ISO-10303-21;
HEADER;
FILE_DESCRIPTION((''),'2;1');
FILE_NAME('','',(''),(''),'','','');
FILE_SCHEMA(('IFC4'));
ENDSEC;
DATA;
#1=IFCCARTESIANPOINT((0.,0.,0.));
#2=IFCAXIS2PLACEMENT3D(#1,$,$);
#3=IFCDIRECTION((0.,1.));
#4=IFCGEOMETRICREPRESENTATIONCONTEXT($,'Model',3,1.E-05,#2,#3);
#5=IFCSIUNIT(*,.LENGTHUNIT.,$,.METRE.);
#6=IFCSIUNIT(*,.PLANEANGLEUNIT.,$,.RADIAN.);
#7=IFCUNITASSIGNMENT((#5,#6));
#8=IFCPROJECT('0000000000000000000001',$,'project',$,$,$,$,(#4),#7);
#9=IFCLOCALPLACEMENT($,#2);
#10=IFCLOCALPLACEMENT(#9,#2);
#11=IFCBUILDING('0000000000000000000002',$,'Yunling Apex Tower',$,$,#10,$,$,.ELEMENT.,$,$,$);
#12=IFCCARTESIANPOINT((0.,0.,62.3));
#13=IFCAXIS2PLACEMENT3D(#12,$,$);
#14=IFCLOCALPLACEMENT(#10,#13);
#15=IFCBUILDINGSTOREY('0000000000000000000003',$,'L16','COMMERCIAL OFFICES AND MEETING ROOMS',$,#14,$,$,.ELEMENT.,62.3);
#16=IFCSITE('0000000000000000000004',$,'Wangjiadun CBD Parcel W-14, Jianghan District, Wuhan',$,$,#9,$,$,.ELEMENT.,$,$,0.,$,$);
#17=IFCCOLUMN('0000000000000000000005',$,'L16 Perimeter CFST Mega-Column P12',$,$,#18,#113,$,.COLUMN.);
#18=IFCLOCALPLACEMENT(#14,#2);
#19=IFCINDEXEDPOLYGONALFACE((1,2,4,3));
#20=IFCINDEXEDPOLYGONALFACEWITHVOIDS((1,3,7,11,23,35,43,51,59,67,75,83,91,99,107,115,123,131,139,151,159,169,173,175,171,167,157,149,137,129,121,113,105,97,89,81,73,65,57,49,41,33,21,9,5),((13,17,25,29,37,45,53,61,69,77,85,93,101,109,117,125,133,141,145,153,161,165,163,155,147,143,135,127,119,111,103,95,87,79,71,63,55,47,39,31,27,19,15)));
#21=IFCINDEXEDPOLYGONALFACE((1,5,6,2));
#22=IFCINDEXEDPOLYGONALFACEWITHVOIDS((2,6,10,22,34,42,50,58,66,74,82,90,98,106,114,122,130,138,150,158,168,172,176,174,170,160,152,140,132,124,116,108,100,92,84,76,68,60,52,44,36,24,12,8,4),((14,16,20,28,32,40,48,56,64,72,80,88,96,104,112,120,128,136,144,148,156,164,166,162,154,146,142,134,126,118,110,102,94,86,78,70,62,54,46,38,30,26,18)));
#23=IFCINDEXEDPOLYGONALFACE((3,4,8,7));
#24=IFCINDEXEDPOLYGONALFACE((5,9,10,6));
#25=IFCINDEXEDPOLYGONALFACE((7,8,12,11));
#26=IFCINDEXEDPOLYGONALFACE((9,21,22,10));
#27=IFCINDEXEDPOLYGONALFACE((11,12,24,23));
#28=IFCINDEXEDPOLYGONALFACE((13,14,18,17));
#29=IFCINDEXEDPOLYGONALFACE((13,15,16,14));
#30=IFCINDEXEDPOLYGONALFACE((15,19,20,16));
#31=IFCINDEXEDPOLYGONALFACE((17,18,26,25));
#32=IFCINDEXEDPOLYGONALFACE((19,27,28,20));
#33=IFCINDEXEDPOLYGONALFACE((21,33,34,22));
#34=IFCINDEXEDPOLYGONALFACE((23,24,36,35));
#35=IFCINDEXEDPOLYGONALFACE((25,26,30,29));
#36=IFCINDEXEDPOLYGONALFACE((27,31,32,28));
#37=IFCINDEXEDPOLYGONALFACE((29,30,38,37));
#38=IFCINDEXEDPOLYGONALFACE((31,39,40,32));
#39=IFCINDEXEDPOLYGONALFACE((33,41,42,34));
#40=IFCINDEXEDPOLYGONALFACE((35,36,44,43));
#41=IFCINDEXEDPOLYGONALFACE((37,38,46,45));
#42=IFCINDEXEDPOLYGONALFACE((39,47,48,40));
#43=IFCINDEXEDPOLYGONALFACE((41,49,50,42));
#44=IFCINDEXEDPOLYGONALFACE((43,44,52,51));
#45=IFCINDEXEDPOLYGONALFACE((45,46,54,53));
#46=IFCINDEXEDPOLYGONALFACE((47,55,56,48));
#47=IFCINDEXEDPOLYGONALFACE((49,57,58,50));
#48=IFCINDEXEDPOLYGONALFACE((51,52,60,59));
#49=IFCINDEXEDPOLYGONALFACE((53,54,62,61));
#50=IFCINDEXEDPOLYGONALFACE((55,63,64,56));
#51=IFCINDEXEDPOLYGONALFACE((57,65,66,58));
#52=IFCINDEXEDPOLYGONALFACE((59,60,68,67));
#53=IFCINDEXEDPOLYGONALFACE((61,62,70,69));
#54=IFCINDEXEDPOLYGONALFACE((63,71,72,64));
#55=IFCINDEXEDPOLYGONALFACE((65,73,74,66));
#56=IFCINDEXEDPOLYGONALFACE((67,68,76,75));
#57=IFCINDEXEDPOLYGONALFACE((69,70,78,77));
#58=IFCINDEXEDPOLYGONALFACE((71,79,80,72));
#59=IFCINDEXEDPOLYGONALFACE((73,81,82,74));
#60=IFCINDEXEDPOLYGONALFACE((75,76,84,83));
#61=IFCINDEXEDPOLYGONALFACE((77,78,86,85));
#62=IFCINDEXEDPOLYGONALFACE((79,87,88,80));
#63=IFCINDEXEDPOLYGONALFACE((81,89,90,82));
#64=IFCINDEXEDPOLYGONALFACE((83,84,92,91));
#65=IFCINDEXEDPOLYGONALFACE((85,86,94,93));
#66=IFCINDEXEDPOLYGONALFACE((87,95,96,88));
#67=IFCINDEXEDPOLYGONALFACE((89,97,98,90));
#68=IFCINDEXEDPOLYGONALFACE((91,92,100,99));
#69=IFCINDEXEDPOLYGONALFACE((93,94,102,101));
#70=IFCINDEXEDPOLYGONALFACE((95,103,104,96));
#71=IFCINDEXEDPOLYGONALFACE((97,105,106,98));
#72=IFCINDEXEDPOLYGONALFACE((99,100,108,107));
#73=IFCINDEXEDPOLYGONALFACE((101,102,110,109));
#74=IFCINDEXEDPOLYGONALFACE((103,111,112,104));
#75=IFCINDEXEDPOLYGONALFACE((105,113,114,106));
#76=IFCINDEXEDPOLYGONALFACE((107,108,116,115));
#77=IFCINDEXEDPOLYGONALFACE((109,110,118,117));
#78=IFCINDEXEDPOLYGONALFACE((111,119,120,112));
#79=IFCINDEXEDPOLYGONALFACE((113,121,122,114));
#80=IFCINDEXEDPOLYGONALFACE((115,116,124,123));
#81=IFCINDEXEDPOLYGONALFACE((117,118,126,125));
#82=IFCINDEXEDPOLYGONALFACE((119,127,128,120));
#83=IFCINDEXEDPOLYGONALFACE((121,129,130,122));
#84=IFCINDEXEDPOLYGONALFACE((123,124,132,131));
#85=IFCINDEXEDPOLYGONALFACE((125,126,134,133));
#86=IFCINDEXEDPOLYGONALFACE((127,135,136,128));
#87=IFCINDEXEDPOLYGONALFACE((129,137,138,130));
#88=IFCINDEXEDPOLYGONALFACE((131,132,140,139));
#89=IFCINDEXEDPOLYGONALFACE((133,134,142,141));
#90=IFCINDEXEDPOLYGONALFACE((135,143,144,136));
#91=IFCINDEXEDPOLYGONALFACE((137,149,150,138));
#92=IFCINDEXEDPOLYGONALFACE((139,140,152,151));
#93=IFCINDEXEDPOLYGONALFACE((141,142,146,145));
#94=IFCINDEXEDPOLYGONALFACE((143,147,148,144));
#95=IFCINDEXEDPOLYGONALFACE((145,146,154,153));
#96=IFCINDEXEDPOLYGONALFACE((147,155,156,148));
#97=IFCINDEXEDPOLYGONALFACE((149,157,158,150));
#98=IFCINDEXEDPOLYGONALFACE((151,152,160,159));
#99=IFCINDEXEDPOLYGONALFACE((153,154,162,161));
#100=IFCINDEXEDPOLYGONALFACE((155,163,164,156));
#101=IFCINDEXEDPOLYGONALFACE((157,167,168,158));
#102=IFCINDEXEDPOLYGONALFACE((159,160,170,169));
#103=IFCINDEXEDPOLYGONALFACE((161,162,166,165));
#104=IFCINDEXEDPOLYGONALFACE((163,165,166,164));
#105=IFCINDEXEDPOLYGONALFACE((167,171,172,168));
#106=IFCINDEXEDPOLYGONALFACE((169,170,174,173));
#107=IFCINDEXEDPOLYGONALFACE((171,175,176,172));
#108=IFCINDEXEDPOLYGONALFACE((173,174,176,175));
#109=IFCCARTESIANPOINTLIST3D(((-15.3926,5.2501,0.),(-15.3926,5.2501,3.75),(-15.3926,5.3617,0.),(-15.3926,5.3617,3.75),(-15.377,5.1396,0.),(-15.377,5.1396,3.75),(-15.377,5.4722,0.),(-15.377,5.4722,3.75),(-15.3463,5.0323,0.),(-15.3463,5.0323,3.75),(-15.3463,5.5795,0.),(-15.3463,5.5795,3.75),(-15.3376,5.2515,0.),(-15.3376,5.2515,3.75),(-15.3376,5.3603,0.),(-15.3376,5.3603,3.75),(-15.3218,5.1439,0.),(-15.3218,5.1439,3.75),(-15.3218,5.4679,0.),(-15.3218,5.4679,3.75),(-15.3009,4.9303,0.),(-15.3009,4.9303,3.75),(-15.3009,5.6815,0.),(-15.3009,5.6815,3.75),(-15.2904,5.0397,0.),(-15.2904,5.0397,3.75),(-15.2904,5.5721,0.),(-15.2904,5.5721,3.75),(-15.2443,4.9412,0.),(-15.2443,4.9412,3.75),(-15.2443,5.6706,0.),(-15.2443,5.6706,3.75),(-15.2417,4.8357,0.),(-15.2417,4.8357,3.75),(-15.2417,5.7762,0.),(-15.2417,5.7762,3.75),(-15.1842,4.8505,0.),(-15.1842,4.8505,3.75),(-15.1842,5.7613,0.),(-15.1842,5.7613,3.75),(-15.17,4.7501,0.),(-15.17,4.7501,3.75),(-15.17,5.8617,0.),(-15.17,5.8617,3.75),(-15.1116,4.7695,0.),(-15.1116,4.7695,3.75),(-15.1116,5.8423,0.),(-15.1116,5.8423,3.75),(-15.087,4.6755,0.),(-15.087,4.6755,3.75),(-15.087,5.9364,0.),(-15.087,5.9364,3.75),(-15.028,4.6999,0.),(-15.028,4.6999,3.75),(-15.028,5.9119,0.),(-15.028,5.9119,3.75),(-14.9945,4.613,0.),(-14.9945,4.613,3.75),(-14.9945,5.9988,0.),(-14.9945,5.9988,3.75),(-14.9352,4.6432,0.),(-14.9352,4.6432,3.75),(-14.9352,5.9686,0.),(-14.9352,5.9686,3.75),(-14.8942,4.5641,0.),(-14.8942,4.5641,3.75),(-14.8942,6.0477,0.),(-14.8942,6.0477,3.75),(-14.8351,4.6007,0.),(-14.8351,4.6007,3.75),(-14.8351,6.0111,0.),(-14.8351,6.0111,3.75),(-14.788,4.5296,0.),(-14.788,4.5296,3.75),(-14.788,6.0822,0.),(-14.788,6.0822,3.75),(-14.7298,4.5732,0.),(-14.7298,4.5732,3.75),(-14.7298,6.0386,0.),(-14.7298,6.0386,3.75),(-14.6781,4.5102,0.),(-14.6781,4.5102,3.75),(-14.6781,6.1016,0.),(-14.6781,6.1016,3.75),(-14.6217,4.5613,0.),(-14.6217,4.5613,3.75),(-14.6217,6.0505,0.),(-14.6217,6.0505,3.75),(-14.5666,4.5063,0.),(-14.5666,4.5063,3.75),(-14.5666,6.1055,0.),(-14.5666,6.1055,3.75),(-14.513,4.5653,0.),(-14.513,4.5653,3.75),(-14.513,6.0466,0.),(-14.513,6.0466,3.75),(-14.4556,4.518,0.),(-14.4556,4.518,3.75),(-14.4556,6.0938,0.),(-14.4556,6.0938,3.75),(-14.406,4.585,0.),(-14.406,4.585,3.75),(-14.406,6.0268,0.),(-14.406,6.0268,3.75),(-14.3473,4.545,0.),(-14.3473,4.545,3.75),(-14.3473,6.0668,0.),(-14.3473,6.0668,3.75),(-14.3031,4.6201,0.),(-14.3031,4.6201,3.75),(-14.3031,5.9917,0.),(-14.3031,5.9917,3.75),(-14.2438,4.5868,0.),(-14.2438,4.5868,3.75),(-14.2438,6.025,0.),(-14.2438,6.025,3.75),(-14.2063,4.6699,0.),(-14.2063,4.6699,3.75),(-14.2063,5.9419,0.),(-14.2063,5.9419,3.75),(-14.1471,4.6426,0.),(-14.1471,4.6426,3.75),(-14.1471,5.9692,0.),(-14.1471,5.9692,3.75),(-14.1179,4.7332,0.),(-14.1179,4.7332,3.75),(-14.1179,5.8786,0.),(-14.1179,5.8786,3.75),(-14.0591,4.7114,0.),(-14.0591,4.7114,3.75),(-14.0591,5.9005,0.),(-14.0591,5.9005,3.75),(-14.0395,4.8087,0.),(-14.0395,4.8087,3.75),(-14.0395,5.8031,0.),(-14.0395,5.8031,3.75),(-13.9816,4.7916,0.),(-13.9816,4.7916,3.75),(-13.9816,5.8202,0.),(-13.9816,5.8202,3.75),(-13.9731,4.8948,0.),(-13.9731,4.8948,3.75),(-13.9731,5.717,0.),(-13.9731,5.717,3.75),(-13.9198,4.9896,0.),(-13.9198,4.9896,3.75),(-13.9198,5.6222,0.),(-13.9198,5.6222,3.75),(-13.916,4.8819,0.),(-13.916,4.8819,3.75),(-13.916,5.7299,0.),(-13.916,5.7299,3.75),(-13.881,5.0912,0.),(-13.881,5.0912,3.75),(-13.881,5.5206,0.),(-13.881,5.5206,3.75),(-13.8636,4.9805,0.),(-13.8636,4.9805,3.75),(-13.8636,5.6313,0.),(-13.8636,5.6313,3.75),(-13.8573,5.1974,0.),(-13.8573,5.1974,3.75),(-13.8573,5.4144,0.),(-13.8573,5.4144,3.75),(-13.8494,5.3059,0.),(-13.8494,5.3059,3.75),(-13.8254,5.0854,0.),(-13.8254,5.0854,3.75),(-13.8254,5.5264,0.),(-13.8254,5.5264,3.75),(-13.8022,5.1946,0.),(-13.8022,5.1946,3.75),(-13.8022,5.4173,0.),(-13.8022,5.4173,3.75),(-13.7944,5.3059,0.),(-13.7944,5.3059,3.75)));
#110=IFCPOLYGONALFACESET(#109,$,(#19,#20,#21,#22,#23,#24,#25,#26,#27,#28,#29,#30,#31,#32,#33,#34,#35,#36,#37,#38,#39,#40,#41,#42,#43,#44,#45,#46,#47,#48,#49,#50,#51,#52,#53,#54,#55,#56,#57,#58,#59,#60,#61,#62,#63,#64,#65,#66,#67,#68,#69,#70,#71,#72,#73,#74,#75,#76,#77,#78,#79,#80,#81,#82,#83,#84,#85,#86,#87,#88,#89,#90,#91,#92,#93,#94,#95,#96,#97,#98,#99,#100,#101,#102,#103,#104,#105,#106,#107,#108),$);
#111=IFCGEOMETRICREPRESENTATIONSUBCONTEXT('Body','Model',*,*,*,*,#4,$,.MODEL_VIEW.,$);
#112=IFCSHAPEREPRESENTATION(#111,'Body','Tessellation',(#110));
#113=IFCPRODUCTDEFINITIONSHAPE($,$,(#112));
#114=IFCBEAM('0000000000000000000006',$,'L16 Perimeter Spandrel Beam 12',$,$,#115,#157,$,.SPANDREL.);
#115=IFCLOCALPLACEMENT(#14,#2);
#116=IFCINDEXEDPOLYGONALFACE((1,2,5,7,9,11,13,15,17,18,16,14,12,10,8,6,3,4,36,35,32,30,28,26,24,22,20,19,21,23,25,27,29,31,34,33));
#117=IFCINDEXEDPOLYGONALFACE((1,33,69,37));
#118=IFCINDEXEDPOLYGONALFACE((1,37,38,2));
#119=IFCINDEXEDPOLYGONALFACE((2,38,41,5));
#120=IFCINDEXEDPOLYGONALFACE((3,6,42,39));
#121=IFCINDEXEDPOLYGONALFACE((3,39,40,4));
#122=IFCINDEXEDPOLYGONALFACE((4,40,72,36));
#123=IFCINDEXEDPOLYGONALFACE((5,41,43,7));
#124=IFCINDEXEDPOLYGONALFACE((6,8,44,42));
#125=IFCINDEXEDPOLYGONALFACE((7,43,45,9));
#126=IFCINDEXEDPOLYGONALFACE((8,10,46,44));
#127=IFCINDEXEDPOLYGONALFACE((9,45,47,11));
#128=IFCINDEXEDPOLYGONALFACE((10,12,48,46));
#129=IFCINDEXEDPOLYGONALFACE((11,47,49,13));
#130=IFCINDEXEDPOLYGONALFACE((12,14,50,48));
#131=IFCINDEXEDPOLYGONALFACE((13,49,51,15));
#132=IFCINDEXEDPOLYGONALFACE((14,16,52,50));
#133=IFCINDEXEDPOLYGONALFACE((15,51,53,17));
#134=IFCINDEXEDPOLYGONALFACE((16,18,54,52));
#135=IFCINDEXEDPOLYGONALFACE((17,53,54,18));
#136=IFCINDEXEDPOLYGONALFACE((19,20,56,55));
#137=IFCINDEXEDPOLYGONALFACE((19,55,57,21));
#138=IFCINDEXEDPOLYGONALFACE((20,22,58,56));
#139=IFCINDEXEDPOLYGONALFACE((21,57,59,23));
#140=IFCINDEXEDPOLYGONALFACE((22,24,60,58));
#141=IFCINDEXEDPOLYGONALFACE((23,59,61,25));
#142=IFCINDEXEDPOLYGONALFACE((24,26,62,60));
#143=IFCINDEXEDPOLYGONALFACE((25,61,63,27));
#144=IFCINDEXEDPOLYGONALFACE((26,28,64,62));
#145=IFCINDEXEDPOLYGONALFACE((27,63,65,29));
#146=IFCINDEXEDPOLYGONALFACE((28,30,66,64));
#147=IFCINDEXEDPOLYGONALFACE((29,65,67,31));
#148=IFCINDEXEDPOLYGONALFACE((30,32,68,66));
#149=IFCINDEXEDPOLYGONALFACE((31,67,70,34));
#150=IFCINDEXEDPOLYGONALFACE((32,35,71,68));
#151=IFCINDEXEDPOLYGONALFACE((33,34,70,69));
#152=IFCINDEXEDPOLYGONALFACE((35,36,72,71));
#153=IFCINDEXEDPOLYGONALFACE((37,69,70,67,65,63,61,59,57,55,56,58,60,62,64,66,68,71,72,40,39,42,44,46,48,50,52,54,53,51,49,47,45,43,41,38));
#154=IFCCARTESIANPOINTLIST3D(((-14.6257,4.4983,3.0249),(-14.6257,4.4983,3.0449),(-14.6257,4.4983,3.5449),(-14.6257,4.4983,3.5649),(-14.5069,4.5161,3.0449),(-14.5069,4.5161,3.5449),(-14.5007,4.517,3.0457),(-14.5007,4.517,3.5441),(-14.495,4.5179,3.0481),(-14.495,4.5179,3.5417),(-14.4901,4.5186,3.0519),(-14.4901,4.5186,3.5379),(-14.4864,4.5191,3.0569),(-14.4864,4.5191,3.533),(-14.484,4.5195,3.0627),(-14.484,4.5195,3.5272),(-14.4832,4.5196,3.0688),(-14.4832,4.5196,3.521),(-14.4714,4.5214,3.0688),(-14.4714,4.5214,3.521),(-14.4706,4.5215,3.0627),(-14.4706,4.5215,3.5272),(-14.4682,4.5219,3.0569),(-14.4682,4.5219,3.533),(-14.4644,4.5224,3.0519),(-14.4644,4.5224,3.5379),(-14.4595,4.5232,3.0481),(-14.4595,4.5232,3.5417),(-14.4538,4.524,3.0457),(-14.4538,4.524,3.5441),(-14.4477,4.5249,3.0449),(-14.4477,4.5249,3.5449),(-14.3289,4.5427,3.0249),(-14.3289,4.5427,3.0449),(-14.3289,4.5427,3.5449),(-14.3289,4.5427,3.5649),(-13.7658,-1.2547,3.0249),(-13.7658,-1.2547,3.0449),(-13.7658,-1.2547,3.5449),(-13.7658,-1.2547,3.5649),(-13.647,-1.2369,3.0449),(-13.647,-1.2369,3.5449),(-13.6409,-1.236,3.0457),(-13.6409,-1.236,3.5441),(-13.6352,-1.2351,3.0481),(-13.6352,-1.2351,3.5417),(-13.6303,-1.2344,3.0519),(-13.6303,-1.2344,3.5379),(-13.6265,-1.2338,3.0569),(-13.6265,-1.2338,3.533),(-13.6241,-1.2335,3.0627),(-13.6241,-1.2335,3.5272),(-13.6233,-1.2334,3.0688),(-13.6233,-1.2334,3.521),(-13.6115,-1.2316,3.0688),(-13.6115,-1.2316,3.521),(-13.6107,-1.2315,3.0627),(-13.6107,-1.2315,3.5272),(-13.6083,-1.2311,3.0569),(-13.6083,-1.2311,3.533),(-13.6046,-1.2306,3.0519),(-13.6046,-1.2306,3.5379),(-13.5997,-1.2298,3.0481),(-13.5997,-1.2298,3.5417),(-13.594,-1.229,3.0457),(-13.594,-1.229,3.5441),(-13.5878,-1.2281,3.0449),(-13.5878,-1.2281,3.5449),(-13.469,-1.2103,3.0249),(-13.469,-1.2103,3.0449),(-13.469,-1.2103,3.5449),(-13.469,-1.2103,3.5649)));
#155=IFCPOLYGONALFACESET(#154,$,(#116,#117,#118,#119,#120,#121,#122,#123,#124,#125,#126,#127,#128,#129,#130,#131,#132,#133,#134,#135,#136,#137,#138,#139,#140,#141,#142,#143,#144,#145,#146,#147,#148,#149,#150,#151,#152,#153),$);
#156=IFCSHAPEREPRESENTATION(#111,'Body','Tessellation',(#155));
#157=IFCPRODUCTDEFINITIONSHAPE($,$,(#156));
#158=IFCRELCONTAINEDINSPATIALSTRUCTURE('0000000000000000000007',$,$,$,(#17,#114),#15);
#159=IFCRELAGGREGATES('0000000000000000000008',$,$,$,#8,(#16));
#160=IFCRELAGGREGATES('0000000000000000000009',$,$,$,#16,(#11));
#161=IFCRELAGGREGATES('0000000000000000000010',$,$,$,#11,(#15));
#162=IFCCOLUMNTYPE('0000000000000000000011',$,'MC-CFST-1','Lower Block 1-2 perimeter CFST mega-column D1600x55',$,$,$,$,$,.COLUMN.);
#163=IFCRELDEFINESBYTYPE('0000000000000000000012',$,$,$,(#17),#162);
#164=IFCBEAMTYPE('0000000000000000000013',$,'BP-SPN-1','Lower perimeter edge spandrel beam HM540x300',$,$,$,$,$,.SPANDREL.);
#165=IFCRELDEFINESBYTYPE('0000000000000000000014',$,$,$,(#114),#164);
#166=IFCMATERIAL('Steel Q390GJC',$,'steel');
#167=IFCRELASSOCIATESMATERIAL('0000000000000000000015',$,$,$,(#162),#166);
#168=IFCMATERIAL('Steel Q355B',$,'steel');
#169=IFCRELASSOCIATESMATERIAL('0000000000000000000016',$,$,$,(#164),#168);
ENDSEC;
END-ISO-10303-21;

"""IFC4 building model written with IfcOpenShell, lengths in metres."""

from ifc_helpers import new_model, si_unit, direction, frame, origin, origin_2d, place, context, subcontext, project, spatial, hollow_circle, i_section, extrude, source, transform, mapped, material, material_profile, profile_set, type_object, element, save


model = new_model("IFC4")

# Units and contexts
model_context = context("Model", 3, precision=1e-05, world=origin(), true_north=direction((0.0, 1.0)))
body_context = subcontext(model_context, "Body", "Model", "MODEL_VIEW")
ifc_project = project(units=[si_unit("LENGTHUNIT", "METRE"), si_unit("PLANEANGLEUNIT", "RADIAN")], contexts=[model_context])

# Site, building, storey
site_placement = place(None, origin())
site = spatial("IfcSite", under=ifc_project, at=site_placement, Name="Wangjiadun CBD Parcel W-14, Jianghan District, Wuhan", CompositionType="ELEMENT", RefElevation=0.0)
building_placement = place(site_placement, origin())
building = spatial("IfcBuilding", under=site, at=building_placement, Name="Yunling Apex Tower", CompositionType="ELEMENT")
storey_placement = place(building_placement, frame((0.0, 0.0, 62.3)))
storey = spatial("IfcBuildingStorey", under=building, at=storey_placement, Name="L16", Description="COMMERCIAL OFFICES AND MEETING ROOMS", CompositionType="ELEMENT", Elevation=62.3)

# Column
ifc_material_1 = material(Name="Steel Q390GJC", Category="steel")
ifc_material_profile_1 = material_profile(ifc_material_1, hollow_circle(Radius=0.8, WallThickness=0.0549, at=origin_2d()))
ifc_profile_set_1 = profile_set([ifc_material_profile_1], Name="Steel Q390GJC")
column_type = type_object("IfcColumnType", Name="MC-CFST-1", Description="Lower Block 1-2 perimeter CFST mega-column D1600x55", PredefinedType="COLUMN", material=ifc_profile_set_1)
shared_shape_1 = source(origin(), body_context, "Body", "SweptSolid", [
    extrude(hollow_circle(Radius=0.8, WallThickness=0.0549, at=origin_2d()), origin(), (0.0, 0.0, 1.0), 3.75),
])
column_placement = place(storey_placement, frame((-14.5945, 5.3059, 0.0), z_axis=(0.0, 0.0, 1.0), x_axis=(1.0, 0.0, 0.0)))
element("IfcColumn", 1, at=column_placement, inside=storey, type_object=column_type, Name="L16 Perimeter CFST Mega-Column P12", PredefinedType="COLUMN", context=body_context, shape_type="MappedRepresentation", body=[
    mapped(shared_shape_1, transform((0.0, 0.0, 0.0), scale=1.0)),
])

# Beam
ifc_material_2 = material(Name="Steel Q355B", Category="steel")
ifc_material_profile_2 = material_profile(ifc_material_2, i_section(OverallWidth=0.3, OverallDepth=0.54, WebThickness=0.012, FlangeThickness=0.02, FilletRadius=0.0239, at=origin_2d()))
ifc_profile_set_2 = profile_set([ifc_material_profile_2], Name="Steel Q355B")
beam_type_1 = type_object("IfcBeamType", Name="BP-SPN-1", Description="Lower perimeter edge spandrel beam HM540x300", PredefinedType="SPANDREL", material=ifc_profile_set_2)
shared_shape_2 = source(origin(), body_context, "Body", "SweptSolid", [
    extrude(i_section(OverallWidth=0.3, OverallDepth=0.54, WebThickness=0.012, FlangeThickness=0.02, FilletRadius=0.0239, at=origin_2d()), origin(), (0.0, 0.0, 1.0), 5.8169),
])
beam_1_placement = place(storey_placement, frame((-14.4773, 4.5205, 3.2949), z_axis=(0.147823, -0.989014, 0.0), x_axis=(0.989014, 0.147823, 0.0)))
element("IfcBeam", 2, at=beam_1_placement, inside=storey, type_object=beam_type_1, Name="L16 Perimeter Spandrel Beam 12", PredefinedType="SPANDREL", context=body_context, shape_type="MappedRepresentation", body=[
    mapped(shared_shape_2, transform((0.0, 0.0, 0.0), scale=1.0)),
])

save(model, "model.ifc")
